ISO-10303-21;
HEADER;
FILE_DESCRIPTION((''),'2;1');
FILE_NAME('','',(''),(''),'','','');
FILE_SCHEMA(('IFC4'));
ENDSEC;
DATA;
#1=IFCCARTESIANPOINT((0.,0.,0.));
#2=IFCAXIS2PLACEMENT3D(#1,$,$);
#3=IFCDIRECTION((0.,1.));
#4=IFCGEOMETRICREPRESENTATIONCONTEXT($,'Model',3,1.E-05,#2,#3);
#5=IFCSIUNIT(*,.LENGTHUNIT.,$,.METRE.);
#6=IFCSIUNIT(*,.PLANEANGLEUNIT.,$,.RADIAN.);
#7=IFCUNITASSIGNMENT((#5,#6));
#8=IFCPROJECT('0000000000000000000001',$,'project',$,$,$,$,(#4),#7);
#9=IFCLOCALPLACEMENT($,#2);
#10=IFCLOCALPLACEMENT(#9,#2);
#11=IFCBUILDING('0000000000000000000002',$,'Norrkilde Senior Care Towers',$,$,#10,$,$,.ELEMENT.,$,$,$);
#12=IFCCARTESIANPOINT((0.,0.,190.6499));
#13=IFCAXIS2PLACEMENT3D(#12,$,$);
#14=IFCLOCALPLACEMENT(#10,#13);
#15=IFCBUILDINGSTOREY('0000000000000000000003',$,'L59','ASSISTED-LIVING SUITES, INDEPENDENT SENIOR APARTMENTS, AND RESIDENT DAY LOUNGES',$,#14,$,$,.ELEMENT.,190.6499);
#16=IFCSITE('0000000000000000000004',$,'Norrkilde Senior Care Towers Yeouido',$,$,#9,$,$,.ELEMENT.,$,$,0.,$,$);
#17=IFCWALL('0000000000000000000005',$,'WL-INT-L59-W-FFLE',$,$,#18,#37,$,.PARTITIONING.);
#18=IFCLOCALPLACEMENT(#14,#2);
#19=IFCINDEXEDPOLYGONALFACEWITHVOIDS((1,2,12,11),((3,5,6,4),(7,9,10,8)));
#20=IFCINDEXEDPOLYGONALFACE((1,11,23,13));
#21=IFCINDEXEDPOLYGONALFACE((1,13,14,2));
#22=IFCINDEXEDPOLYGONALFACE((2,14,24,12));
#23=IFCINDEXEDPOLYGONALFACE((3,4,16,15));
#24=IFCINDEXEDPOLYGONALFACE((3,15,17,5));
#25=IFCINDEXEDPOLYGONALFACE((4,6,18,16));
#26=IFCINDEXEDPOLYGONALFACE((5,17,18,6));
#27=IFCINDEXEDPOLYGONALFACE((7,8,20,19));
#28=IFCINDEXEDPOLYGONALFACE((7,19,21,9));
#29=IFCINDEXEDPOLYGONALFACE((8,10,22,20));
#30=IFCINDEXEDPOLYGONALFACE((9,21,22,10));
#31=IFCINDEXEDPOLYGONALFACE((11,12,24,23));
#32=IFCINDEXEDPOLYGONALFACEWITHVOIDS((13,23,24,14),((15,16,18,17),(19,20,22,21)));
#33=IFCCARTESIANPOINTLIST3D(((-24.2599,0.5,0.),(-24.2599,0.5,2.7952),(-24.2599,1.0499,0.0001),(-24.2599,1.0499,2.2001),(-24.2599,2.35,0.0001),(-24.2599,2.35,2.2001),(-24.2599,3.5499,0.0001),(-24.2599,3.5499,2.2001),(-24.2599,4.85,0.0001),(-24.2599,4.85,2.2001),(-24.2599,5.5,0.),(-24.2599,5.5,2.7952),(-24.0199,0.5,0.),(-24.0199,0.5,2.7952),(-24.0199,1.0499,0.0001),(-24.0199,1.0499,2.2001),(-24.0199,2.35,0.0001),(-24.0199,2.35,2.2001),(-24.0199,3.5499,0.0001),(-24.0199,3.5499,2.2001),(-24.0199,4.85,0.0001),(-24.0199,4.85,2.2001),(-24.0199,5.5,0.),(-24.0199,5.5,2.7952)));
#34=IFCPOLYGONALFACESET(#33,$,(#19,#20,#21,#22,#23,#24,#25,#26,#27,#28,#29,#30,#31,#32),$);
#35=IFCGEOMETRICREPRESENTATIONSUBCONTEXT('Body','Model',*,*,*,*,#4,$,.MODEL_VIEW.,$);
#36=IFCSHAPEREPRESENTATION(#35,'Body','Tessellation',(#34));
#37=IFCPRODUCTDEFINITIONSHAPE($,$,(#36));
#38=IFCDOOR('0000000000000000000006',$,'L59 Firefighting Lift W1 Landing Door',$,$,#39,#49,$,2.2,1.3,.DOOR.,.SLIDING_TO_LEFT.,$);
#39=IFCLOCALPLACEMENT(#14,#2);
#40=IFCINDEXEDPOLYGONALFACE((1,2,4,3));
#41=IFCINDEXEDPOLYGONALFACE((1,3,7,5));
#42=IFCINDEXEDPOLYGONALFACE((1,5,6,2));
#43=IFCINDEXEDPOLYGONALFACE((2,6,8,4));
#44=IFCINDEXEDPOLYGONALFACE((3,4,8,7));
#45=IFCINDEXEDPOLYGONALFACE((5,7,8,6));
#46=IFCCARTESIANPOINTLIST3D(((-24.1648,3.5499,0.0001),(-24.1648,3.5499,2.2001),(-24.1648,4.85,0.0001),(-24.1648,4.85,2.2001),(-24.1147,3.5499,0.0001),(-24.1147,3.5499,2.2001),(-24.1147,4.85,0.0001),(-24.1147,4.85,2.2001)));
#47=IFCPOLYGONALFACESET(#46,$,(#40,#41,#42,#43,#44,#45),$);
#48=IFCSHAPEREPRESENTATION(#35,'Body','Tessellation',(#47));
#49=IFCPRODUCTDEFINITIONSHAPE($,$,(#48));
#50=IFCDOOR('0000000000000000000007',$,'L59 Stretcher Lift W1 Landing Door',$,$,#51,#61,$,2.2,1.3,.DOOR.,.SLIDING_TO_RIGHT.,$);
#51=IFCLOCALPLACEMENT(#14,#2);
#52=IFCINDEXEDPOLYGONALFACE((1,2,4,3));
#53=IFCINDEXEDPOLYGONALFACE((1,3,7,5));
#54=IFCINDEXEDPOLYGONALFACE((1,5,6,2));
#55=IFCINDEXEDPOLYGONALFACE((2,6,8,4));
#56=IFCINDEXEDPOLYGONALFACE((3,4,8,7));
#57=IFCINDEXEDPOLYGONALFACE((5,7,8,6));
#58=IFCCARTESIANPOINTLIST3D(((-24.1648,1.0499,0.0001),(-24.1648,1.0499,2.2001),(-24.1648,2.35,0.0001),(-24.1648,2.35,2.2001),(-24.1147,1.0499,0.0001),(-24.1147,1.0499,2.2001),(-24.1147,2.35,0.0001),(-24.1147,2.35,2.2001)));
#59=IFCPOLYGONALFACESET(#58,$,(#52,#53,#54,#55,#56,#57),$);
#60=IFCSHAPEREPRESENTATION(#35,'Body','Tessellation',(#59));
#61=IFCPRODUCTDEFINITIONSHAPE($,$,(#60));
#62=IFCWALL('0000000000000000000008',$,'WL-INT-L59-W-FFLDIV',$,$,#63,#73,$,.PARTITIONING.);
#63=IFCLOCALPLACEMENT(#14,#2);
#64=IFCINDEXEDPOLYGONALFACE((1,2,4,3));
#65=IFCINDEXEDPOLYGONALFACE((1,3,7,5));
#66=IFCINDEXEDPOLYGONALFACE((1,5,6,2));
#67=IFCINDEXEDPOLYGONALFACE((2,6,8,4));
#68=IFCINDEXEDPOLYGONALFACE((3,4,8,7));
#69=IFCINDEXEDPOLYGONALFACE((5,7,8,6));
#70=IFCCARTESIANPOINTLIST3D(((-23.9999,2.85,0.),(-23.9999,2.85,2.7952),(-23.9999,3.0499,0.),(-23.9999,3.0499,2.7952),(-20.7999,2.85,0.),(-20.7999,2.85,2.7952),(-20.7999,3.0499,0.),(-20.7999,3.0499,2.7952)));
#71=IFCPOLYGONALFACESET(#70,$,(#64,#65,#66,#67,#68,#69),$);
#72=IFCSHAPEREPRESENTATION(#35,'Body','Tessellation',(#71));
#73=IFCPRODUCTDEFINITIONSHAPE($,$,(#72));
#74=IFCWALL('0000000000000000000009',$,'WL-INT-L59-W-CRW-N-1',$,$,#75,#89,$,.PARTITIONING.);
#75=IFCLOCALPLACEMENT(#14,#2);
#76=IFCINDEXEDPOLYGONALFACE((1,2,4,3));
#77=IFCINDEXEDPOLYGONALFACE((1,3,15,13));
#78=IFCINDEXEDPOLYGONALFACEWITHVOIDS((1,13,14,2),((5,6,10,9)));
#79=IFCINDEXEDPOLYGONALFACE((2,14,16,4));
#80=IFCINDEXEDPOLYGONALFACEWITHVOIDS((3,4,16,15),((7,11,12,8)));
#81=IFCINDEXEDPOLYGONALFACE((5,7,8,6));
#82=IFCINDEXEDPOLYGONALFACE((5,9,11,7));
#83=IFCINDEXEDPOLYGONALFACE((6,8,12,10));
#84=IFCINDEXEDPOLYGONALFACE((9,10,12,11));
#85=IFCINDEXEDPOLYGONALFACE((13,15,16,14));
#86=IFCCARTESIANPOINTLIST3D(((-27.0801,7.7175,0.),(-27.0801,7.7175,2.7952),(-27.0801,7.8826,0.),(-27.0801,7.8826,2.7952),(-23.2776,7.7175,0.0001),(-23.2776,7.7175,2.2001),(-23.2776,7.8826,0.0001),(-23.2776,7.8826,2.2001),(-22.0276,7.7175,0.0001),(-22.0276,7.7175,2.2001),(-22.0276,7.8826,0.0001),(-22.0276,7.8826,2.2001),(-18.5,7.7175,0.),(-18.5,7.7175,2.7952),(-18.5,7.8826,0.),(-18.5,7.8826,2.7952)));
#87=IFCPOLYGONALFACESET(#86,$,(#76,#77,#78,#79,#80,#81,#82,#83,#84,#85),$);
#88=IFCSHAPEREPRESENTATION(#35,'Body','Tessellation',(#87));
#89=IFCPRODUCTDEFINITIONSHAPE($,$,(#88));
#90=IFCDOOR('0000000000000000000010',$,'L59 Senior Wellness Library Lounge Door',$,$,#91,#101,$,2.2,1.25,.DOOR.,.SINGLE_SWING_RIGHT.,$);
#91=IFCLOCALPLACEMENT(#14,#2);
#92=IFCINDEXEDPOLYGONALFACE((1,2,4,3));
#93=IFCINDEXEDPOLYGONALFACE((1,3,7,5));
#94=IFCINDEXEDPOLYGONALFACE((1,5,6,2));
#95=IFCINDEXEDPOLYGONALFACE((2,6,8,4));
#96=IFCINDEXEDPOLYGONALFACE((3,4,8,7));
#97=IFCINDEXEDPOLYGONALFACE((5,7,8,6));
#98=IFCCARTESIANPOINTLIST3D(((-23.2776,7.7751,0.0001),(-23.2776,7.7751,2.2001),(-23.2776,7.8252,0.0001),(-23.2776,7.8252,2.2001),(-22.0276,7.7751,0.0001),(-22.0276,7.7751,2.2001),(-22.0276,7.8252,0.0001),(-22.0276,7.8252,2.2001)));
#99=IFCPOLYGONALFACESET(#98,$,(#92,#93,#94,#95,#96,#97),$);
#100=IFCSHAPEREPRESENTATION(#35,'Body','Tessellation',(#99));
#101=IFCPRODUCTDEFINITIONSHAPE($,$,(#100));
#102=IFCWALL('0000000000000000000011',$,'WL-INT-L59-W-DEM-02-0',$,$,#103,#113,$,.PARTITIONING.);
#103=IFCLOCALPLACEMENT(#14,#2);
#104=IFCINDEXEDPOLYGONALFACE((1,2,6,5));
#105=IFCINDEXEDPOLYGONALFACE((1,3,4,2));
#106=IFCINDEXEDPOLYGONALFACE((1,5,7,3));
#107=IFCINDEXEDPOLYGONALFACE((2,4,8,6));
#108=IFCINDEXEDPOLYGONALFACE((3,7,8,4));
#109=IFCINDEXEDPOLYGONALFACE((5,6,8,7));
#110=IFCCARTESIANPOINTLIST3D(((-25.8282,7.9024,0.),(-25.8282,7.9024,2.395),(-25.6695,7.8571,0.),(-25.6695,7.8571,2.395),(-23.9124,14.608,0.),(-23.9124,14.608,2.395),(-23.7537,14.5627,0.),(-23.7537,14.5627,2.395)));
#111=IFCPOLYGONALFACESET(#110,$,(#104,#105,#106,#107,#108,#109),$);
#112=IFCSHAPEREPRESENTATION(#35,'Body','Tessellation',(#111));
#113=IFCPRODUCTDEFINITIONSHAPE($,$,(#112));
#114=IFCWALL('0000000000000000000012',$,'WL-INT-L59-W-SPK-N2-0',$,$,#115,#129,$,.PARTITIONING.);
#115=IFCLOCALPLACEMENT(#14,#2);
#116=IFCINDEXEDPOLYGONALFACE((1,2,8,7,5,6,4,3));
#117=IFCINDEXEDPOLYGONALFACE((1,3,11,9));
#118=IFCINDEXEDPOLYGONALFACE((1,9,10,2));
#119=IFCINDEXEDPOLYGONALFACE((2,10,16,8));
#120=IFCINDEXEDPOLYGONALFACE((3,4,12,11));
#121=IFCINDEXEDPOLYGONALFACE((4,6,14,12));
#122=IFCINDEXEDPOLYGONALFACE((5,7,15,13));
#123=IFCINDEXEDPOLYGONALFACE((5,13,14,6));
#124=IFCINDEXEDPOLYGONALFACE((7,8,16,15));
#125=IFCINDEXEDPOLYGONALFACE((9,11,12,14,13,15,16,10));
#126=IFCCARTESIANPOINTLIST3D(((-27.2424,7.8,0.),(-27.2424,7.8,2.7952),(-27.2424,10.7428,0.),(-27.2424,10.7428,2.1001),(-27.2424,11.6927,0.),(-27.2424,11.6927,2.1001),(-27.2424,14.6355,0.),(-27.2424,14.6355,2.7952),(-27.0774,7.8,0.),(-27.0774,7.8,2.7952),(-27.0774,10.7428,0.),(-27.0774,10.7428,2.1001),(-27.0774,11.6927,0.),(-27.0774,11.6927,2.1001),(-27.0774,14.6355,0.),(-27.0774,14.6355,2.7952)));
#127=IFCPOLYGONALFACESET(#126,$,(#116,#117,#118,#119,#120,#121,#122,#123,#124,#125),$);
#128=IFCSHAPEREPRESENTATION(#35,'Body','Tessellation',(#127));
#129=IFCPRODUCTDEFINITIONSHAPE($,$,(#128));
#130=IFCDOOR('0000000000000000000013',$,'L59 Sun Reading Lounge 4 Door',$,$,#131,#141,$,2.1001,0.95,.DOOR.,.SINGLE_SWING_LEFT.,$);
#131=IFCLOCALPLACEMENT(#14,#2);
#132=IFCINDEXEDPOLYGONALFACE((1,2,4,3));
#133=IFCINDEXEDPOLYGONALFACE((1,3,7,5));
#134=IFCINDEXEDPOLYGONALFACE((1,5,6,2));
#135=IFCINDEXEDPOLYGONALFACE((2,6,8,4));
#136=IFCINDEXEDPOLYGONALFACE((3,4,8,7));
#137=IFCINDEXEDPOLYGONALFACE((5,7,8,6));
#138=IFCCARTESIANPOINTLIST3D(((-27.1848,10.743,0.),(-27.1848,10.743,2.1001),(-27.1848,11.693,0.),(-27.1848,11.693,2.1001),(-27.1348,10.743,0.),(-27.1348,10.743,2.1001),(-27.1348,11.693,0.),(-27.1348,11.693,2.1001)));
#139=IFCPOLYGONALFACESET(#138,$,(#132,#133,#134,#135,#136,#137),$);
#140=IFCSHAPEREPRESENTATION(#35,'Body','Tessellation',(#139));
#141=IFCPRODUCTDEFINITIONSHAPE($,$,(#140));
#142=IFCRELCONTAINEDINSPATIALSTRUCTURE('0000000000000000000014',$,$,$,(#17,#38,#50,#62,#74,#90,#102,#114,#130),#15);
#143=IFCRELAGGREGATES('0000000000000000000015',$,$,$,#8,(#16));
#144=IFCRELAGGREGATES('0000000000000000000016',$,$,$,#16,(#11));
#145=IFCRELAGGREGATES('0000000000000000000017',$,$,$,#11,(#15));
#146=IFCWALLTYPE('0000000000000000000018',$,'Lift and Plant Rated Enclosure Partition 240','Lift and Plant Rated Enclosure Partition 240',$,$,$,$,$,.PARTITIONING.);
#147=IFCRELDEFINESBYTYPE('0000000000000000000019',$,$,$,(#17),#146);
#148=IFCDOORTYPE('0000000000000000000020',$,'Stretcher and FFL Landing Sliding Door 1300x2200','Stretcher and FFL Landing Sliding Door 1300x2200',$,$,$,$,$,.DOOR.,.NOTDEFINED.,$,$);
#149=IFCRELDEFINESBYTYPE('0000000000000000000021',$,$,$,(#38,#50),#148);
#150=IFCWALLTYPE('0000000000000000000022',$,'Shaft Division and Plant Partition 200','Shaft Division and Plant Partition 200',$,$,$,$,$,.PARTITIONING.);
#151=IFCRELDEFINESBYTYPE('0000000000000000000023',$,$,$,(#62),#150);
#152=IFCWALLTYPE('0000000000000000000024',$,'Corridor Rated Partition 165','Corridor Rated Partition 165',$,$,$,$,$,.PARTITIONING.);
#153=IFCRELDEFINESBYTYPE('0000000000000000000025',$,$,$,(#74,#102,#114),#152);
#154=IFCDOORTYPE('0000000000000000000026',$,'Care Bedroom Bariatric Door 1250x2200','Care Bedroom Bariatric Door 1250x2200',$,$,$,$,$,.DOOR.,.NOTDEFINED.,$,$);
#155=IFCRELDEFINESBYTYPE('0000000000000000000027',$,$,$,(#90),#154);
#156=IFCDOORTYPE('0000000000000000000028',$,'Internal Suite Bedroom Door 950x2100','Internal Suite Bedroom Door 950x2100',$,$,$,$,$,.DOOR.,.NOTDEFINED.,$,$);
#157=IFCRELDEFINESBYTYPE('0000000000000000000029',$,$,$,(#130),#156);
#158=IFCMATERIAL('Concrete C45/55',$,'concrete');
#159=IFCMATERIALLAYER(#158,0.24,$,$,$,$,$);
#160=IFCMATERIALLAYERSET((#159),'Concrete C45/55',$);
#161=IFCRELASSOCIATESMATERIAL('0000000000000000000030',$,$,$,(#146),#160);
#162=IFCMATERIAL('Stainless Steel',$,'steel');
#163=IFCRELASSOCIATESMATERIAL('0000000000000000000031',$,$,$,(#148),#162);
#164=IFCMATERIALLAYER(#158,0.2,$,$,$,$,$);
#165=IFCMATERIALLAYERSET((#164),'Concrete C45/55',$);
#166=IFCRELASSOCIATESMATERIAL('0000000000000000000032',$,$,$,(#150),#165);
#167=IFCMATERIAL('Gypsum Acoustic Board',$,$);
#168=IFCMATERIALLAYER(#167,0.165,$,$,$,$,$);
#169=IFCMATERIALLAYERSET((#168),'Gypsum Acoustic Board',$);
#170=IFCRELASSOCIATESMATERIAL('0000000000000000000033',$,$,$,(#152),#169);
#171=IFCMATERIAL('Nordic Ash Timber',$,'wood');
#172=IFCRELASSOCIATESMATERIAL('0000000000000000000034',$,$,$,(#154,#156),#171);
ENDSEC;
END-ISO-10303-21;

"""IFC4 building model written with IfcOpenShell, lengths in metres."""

from ifc_helpers import new_model, si_unit, direction, frame, frame_2d, origin, place, context, subcontext, project, spatial, rectangle, extrude, source, transform, mapped, material, layer, layer_set, type_object, type_shapes, element, fill, save


model = new_model("IFC4")

# Units and contexts
model_context = context("Model", 3, precision=1e-05, world=origin(), true_north=direction((0.0, 1.0)))
body_context = subcontext(model_context, "Body", "Model", "MODEL_VIEW")
ifc_project = project(units=[si_unit("LENGTHUNIT", "METRE"), si_unit("PLANEANGLEUNIT", "RADIAN")], contexts=[model_context])

# Site, building, storey
site_placement = place(None, origin())
site = spatial("IfcSite", under=ifc_project, at=site_placement, Name="Norrkilde Senior Care Towers Yeouido", CompositionType="ELEMENT", RefElevation=0.0)
building_placement = place(site_placement, origin())
building = spatial("IfcBuilding", under=site, at=building_placement, Name="Norrkilde Senior Care Towers", CompositionType="ELEMENT")
storey_placement = place(building_placement, frame((0.0, 0.0, 190.6499)))
storey = spatial("IfcBuildingStorey", under=building, at=storey_placement, Name="L59", Description="ASSISTED-LIVING SUITES, INDEPENDENT SENIOR APARTMENTS, AND RESIDENT DAY LOUNGES", CompositionType="ELEMENT", Elevation=190.6499)

# Wall, openings, doors
ifc_material_1 = material(Name="Concrete C45/55", Category="concrete")
ifc_layer_1 = layer(ifc_material_1, 0.24)
ifc_layer_set_1 = layer_set([ifc_layer_1], Name="Concrete C45/55")
wall_type_1 = type_object("IfcWallType", Name="Lift and Plant Rated Enclosure Partition 240", Description="Lift and Plant Rated Enclosure Partition 240", PredefinedType="PARTITIONING", material=ifc_layer_set_1)
shared_shape_1 = source(origin(), body_context, "Body", "SweptSolid", [
    extrude(rectangle(XDim=5.0, YDim=0.24, at=frame_2d((2.5, 0.0))), origin(), (0.0, 0.0, 1.0), 2.7952),
])
type_shapes(wall_type_1, [shared_shape_1])
wall_1_placement = place(storey_placement, frame((-24.1399, 0.5, 0.0), z_axis=(0.0, 0.0, 1.0), x_axis=(0.0, 1.0, 0.0)))
wall_1 = element("IfcWall", 1, at=wall_1_placement, inside=storey, type_object=wall_type_1, Name="WL-INT-L59-W-FFLE", PredefinedType="PARTITIONING", context=body_context, shape_type="MappedRepresentation", body=[
    mapped(shared_shape_1, transform((0.0, 0.0, 0.0), x_axis=(1.0, 0.0, 0.0), y_axis=(0.0, 1.0, 0.0), z_axis=(0.0, 0.0, 1.0), scale=1.0)),
])
opening_1_placement = place(wall_1_placement, frame((3.05, 0.0, 0.0)))
opening_1 = element("IfcOpeningElement", 2, at=opening_1_placement, cuts=wall_1, PredefinedType="OPENING", context=body_context, shape_type="SweptSolid", body=[
    extrude(rectangle(XDim=1.3, YDim=2.2, at=frame_2d((0.6499, 1.1001))), frame((0.0, 0.1299, 0.0), z_axis=(0.0, -1.0, 0.0), x_axis=(1.0, 0.0, 0.0)), (0.0, 0.0, 1.0), 0.26),
])
opening_2_placement = place(wall_1_placement, frame((0.55, 0.0, 0.0)))
opening_2 = element("IfcOpeningElement", 3, at=opening_2_placement, cuts=wall_1, PredefinedType="OPENING", context=body_context, shape_type="SweptSolid", body=[
    extrude(rectangle(XDim=1.3, YDim=2.2, at=frame_2d((0.6499, 1.1001))), frame((0.0, 0.1299, 0.0), z_axis=(0.0, -1.0, 0.0), x_axis=(1.0, 0.0, 0.0)), (0.0, 0.0, 1.0), 0.26),
])
ifc_material_2 = material(Name="Stainless Steel", Category="steel")
door_type_1 = type_object("IfcDoorType", Name="Stretcher and FFL Landing Sliding Door 1300x2200", Description="Stretcher and FFL Landing Sliding Door 1300x2200", OperationType="NOTDEFINED", PredefinedType="DOOR", material=ifc_material_2)
shared_shape_2 = source(origin(), body_context, "Body", "SweptSolid", [
    extrude(rectangle(XDim=1.3, YDim=2.2, at=frame_2d((0.6499, 1.1001))), frame((0.0, 0.0249, 0.0), z_axis=(0.0, -1.0, 0.0), x_axis=(1.0, 0.0, 0.0)), (0.0, 0.0, 1.0), 0.05),
])
type_shapes(door_type_1, [shared_shape_2])
door_1_placement = place(opening_1_placement, origin())
door_1 = element("IfcDoor", 4, at=door_1_placement, inside=storey, type_object=door_type_1, Name="L59 Firefighting Lift W1 Landing Door", OperationType="SLIDING_TO_LEFT", OverallHeight=2.2, OverallWidth=1.3, PredefinedType="DOOR", context=body_context, shape_type="MappedRepresentation", body=[
    mapped(shared_shape_2, transform((0.0, 0.0, 0.0), x_axis=(1.0, 0.0, 0.0), y_axis=(0.0, 1.0, 0.0), z_axis=(0.0, 0.0, 1.0), scale=1.0)),
])
fill(opening_1, door_1)
door_2_placement = place(opening_2_placement, origin())
door_2 = element("IfcDoor", 5, at=door_2_placement, inside=storey, type_object=door_type_1, Name="L59 Stretcher Lift W1 Landing Door", OperationType="SLIDING_TO_RIGHT", OverallHeight=2.2, OverallWidth=1.3, PredefinedType="DOOR", context=body_context, shape_type="MappedRepresentation", body=[
    mapped(shared_shape_2, transform((0.0, 0.0, 0.0), x_axis=(1.0, 0.0, 0.0), y_axis=(0.0, 1.0, 0.0), z_axis=(0.0, 0.0, 1.0), scale=1.0)),
])
fill(opening_2, door_2)

# Wall
ifc_layer_2 = layer(ifc_material_1, 0.2)
ifc_layer_set_2 = layer_set([ifc_layer_2], Name="Concrete C45/55")
wall_type_2 = type_object("IfcWallType", Name="Shaft Division and Plant Partition 200", Description="Shaft Division and Plant Partition 200", PredefinedType="PARTITIONING", material=ifc_layer_set_2)
shared_shape_3 = source(origin(), body_context, "Body", "SweptSolid", [
    extrude(rectangle(XDim=3.2, YDim=0.2, at=frame_2d((1.6001, 0.0))), origin(), (0.0, 0.0, 1.0), 2.7952),
])
type_shapes(wall_type_2, [shared_shape_3])
wall_2_placement = place(storey_placement, frame((-24.0, 2.95, 0.0), z_axis=(0.0, 0.0, 1.0), x_axis=(1.0, 0.0, 0.0)))
element("IfcWall", 6, at=wall_2_placement, inside=storey, type_object=wall_type_2, Name="WL-INT-L59-W-FFLDIV", PredefinedType="PARTITIONING", context=body_context, shape_type="MappedRepresentation", body=[
    mapped(shared_shape_3, transform((0.0, 0.0, 0.0), x_axis=(1.0, 0.0, 0.0), y_axis=(0.0, 1.0, 0.0), z_axis=(0.0, 0.0, 1.0), scale=1.0)),
])

# Wall, opening, door
ifc_material_3 = material(Name="Gypsum Acoustic Board")
ifc_layer_3 = layer(ifc_material_3, 0.165)
ifc_layer_set_3 = layer_set([ifc_layer_3], Name="Gypsum Acoustic Board")
wall_type_3 = type_object("IfcWallType", Name="Corridor Rated Partition 165", Description="Corridor Rated Partition 165", PredefinedType="PARTITIONING", material=ifc_layer_set_3)
shared_shape_4 = source(origin(), body_context, "Body", "SweptSolid", [
    extrude(rectangle(XDim=8.5801, YDim=0.165, at=frame_2d((4.29, 0.0))), origin(), (0.0, 0.0, 1.0), 2.7952),
])
wall_3_placement = place(storey_placement, frame((-27.0801, 7.8, 0.0), z_axis=(0.0, 0.0, 1.0), x_axis=(1.0, 0.0, 0.0)))
wall_3 = element("IfcWall", 7, at=wall_3_placement, inside=storey, type_object=wall_type_3, Name="WL-INT-L59-W-CRW-N-1", PredefinedType="PARTITIONING", context=body_context, shape_type="MappedRepresentation", body=[
    mapped(shared_shape_4, transform((0.0, 0.0, 0.0), x_axis=(1.0, 0.0, 0.0), y_axis=(0.0, 1.0, 0.0), z_axis=(0.0, 0.0, 1.0), scale=1.0)),
])
opening_3_placement = place(wall_3_placement, frame((3.8025, 0.0, 0.0)))
opening_3 = element("IfcOpeningElement", 8, at=opening_3_placement, cuts=wall_3, PredefinedType="OPENING", context=body_context, shape_type="SweptSolid", body=[
    extrude(rectangle(XDim=1.25, YDim=2.2, at=frame_2d((0.625, 1.1001))), frame((0.0, 0.0925, 0.0), z_axis=(0.0, -1.0, 0.0), x_axis=(1.0, 0.0, 0.0)), (0.0, 0.0, 1.0), 0.1851),
])
ifc_material_4 = material(Name="Nordic Ash Timber", Category="wood")
door_type_2 = type_object("IfcDoorType", Name="Care Bedroom Bariatric Door 1250x2200", Description="Care Bedroom Bariatric Door 1250x2200", OperationType="NOTDEFINED", PredefinedType="DOOR", material=ifc_material_4)
shared_shape_5 = source(origin(), body_context, "Body", "SweptSolid", [
    extrude(rectangle(XDim=1.25, YDim=2.2, at=frame_2d((0.625, 1.1001))), frame((0.0, 0.0249, 0.0), z_axis=(0.0, -1.0, 0.0), x_axis=(1.0, 0.0, 0.0)), (0.0, 0.0, 1.0), 0.05),
])
type_shapes(door_type_2, [shared_shape_5])
door_3_placement = place(opening_3_placement, frame((1.25, 0.0, 0.0), z_axis=(0.0, 0.0, 1.0), x_axis=(-1.0, 0.0, 0.0)))
door_3 = element("IfcDoor", 9, at=door_3_placement, inside=storey, type_object=door_type_2, Name="L59 Senior Wellness Library Lounge Door", OperationType="SINGLE_SWING_RIGHT", OverallHeight=2.2, OverallWidth=1.25, PredefinedType="DOOR", context=body_context, shape_type="MappedRepresentation", body=[
    mapped(shared_shape_5, transform((0.0, 0.0, 0.0), x_axis=(1.0, 0.0, 0.0), y_axis=(0.0, 1.0, 0.0), z_axis=(0.0, 0.0, 1.0), scale=1.0)),
])
fill(opening_3, door_3)

# Wall
shared_shape_6 = source(origin(), body_context, "Body", "SweptSolid", [
    extrude(rectangle(XDim=6.9739, YDim=0.165, at=frame_2d((3.4868, 0.0))), origin(), (0.0, 0.0, 1.0), 2.395),
])
wall_4_placement = place(storey_placement, frame((-25.7488, 7.8799, 0.0), z_axis=(0.0, 0.0, 1.0), x_axis=(0.274707, 0.961528, 0.0)))
element("IfcWall", 10, at=wall_4_placement, inside=storey, type_object=wall_type_3, Name="WL-INT-L59-W-DEM-02-0", PredefinedType="PARTITIONING", context=body_context, shape_type="MappedRepresentation", body=[
    mapped(shared_shape_6, transform((0.0, 0.0, 0.0), x_axis=(1.0, 0.0, 0.0), y_axis=(0.0, 1.0, 0.0), z_axis=(0.0, 0.0, 1.0), scale=1.0)),
])

# Wall, opening, door
shared_shape_7 = source(origin(), body_context, "Body", "SweptSolid", [
    extrude(rectangle(XDim=6.8354, YDim=0.165, at=frame_2d((3.4177, 0.0))), origin(), (0.0, 0.0, 1.0), 2.7952),
])
type_shapes(wall_type_3, [shared_shape_4, shared_shape_6, shared_shape_7])
wall_5_placement = place(storey_placement, frame((-27.1599, 14.6355, 0.0), z_axis=(0.0, 0.0, 1.0), x_axis=(0.0, -1.0, 0.0)))
wall_5 = element("IfcWall", 11, at=wall_5_placement, inside=storey, type_object=wall_type_3, Name="WL-INT-L59-W-SPK-N2-0", PredefinedType="PARTITIONING", context=body_context, shape_type="MappedRepresentation", body=[
    mapped(shared_shape_7, transform((0.0, 0.0, 0.0), x_axis=(1.0, 0.0, 0.0), y_axis=(0.0, 1.0, 0.0), z_axis=(0.0, 0.0, 1.0), scale=1.0)),
])
opening_4_placement = place(wall_5_placement, frame((2.9426, 0.0, 0.0)))
opening_4 = element("IfcOpeningElement", 12, at=opening_4_placement, cuts=wall_5, PredefinedType="OPENING", context=body_context, shape_type="SweptSolid", body=[
    extrude(rectangle(XDim=0.95, YDim=2.1001, at=frame_2d((0.4751, 1.05))), frame((0.0, 0.0925, 0.0), z_axis=(0.0, -1.0, 0.0), x_axis=(1.0, 0.0, 0.0)), (0.0, 0.0, 1.0), 0.1851),
])
door_type_3 = type_object("IfcDoorType", Name="Internal Suite Bedroom Door 950x2100", Description="Internal Suite Bedroom Door 950x2100", OperationType="NOTDEFINED", PredefinedType="DOOR", material=ifc_material_4)
shared_shape_8 = source(origin(), body_context, "Body", "SweptSolid", [
    extrude(rectangle(XDim=0.95, YDim=2.1001, at=frame_2d((0.4751, 1.05))), frame((0.0, 0.0249, 0.0), z_axis=(0.0, -1.0, 0.0), x_axis=(1.0, 0.0, 0.0)), (0.0, 0.0, 1.0), 0.05),
])
type_shapes(door_type_3, [shared_shape_8])
door_4_placement = place(opening_4_placement, frame((0.95, 0.0, 0.0), z_axis=(0.0, 0.0, 1.0), x_axis=(-1.0, 0.0, 0.0)))
door_4 = element("IfcDoor", 13, at=door_4_placement, inside=storey, type_object=door_type_3, Name="L59 Sun Reading Lounge 4 Door", OperationType="SINGLE_SWING_LEFT", OverallHeight=2.1001, OverallWidth=0.95, PredefinedType="DOOR", context=body_context, shape_type="MappedRepresentation", body=[
    mapped(shared_shape_8, transform((0.0, 0.0, 0.0), x_axis=(1.0, 0.0, 0.0), y_axis=(0.0, 1.0, 0.0), z_axis=(0.0, 0.0, 1.0), scale=1.0)),
])
fill(opening_4, door_4)

save(model, "model.ifc")
